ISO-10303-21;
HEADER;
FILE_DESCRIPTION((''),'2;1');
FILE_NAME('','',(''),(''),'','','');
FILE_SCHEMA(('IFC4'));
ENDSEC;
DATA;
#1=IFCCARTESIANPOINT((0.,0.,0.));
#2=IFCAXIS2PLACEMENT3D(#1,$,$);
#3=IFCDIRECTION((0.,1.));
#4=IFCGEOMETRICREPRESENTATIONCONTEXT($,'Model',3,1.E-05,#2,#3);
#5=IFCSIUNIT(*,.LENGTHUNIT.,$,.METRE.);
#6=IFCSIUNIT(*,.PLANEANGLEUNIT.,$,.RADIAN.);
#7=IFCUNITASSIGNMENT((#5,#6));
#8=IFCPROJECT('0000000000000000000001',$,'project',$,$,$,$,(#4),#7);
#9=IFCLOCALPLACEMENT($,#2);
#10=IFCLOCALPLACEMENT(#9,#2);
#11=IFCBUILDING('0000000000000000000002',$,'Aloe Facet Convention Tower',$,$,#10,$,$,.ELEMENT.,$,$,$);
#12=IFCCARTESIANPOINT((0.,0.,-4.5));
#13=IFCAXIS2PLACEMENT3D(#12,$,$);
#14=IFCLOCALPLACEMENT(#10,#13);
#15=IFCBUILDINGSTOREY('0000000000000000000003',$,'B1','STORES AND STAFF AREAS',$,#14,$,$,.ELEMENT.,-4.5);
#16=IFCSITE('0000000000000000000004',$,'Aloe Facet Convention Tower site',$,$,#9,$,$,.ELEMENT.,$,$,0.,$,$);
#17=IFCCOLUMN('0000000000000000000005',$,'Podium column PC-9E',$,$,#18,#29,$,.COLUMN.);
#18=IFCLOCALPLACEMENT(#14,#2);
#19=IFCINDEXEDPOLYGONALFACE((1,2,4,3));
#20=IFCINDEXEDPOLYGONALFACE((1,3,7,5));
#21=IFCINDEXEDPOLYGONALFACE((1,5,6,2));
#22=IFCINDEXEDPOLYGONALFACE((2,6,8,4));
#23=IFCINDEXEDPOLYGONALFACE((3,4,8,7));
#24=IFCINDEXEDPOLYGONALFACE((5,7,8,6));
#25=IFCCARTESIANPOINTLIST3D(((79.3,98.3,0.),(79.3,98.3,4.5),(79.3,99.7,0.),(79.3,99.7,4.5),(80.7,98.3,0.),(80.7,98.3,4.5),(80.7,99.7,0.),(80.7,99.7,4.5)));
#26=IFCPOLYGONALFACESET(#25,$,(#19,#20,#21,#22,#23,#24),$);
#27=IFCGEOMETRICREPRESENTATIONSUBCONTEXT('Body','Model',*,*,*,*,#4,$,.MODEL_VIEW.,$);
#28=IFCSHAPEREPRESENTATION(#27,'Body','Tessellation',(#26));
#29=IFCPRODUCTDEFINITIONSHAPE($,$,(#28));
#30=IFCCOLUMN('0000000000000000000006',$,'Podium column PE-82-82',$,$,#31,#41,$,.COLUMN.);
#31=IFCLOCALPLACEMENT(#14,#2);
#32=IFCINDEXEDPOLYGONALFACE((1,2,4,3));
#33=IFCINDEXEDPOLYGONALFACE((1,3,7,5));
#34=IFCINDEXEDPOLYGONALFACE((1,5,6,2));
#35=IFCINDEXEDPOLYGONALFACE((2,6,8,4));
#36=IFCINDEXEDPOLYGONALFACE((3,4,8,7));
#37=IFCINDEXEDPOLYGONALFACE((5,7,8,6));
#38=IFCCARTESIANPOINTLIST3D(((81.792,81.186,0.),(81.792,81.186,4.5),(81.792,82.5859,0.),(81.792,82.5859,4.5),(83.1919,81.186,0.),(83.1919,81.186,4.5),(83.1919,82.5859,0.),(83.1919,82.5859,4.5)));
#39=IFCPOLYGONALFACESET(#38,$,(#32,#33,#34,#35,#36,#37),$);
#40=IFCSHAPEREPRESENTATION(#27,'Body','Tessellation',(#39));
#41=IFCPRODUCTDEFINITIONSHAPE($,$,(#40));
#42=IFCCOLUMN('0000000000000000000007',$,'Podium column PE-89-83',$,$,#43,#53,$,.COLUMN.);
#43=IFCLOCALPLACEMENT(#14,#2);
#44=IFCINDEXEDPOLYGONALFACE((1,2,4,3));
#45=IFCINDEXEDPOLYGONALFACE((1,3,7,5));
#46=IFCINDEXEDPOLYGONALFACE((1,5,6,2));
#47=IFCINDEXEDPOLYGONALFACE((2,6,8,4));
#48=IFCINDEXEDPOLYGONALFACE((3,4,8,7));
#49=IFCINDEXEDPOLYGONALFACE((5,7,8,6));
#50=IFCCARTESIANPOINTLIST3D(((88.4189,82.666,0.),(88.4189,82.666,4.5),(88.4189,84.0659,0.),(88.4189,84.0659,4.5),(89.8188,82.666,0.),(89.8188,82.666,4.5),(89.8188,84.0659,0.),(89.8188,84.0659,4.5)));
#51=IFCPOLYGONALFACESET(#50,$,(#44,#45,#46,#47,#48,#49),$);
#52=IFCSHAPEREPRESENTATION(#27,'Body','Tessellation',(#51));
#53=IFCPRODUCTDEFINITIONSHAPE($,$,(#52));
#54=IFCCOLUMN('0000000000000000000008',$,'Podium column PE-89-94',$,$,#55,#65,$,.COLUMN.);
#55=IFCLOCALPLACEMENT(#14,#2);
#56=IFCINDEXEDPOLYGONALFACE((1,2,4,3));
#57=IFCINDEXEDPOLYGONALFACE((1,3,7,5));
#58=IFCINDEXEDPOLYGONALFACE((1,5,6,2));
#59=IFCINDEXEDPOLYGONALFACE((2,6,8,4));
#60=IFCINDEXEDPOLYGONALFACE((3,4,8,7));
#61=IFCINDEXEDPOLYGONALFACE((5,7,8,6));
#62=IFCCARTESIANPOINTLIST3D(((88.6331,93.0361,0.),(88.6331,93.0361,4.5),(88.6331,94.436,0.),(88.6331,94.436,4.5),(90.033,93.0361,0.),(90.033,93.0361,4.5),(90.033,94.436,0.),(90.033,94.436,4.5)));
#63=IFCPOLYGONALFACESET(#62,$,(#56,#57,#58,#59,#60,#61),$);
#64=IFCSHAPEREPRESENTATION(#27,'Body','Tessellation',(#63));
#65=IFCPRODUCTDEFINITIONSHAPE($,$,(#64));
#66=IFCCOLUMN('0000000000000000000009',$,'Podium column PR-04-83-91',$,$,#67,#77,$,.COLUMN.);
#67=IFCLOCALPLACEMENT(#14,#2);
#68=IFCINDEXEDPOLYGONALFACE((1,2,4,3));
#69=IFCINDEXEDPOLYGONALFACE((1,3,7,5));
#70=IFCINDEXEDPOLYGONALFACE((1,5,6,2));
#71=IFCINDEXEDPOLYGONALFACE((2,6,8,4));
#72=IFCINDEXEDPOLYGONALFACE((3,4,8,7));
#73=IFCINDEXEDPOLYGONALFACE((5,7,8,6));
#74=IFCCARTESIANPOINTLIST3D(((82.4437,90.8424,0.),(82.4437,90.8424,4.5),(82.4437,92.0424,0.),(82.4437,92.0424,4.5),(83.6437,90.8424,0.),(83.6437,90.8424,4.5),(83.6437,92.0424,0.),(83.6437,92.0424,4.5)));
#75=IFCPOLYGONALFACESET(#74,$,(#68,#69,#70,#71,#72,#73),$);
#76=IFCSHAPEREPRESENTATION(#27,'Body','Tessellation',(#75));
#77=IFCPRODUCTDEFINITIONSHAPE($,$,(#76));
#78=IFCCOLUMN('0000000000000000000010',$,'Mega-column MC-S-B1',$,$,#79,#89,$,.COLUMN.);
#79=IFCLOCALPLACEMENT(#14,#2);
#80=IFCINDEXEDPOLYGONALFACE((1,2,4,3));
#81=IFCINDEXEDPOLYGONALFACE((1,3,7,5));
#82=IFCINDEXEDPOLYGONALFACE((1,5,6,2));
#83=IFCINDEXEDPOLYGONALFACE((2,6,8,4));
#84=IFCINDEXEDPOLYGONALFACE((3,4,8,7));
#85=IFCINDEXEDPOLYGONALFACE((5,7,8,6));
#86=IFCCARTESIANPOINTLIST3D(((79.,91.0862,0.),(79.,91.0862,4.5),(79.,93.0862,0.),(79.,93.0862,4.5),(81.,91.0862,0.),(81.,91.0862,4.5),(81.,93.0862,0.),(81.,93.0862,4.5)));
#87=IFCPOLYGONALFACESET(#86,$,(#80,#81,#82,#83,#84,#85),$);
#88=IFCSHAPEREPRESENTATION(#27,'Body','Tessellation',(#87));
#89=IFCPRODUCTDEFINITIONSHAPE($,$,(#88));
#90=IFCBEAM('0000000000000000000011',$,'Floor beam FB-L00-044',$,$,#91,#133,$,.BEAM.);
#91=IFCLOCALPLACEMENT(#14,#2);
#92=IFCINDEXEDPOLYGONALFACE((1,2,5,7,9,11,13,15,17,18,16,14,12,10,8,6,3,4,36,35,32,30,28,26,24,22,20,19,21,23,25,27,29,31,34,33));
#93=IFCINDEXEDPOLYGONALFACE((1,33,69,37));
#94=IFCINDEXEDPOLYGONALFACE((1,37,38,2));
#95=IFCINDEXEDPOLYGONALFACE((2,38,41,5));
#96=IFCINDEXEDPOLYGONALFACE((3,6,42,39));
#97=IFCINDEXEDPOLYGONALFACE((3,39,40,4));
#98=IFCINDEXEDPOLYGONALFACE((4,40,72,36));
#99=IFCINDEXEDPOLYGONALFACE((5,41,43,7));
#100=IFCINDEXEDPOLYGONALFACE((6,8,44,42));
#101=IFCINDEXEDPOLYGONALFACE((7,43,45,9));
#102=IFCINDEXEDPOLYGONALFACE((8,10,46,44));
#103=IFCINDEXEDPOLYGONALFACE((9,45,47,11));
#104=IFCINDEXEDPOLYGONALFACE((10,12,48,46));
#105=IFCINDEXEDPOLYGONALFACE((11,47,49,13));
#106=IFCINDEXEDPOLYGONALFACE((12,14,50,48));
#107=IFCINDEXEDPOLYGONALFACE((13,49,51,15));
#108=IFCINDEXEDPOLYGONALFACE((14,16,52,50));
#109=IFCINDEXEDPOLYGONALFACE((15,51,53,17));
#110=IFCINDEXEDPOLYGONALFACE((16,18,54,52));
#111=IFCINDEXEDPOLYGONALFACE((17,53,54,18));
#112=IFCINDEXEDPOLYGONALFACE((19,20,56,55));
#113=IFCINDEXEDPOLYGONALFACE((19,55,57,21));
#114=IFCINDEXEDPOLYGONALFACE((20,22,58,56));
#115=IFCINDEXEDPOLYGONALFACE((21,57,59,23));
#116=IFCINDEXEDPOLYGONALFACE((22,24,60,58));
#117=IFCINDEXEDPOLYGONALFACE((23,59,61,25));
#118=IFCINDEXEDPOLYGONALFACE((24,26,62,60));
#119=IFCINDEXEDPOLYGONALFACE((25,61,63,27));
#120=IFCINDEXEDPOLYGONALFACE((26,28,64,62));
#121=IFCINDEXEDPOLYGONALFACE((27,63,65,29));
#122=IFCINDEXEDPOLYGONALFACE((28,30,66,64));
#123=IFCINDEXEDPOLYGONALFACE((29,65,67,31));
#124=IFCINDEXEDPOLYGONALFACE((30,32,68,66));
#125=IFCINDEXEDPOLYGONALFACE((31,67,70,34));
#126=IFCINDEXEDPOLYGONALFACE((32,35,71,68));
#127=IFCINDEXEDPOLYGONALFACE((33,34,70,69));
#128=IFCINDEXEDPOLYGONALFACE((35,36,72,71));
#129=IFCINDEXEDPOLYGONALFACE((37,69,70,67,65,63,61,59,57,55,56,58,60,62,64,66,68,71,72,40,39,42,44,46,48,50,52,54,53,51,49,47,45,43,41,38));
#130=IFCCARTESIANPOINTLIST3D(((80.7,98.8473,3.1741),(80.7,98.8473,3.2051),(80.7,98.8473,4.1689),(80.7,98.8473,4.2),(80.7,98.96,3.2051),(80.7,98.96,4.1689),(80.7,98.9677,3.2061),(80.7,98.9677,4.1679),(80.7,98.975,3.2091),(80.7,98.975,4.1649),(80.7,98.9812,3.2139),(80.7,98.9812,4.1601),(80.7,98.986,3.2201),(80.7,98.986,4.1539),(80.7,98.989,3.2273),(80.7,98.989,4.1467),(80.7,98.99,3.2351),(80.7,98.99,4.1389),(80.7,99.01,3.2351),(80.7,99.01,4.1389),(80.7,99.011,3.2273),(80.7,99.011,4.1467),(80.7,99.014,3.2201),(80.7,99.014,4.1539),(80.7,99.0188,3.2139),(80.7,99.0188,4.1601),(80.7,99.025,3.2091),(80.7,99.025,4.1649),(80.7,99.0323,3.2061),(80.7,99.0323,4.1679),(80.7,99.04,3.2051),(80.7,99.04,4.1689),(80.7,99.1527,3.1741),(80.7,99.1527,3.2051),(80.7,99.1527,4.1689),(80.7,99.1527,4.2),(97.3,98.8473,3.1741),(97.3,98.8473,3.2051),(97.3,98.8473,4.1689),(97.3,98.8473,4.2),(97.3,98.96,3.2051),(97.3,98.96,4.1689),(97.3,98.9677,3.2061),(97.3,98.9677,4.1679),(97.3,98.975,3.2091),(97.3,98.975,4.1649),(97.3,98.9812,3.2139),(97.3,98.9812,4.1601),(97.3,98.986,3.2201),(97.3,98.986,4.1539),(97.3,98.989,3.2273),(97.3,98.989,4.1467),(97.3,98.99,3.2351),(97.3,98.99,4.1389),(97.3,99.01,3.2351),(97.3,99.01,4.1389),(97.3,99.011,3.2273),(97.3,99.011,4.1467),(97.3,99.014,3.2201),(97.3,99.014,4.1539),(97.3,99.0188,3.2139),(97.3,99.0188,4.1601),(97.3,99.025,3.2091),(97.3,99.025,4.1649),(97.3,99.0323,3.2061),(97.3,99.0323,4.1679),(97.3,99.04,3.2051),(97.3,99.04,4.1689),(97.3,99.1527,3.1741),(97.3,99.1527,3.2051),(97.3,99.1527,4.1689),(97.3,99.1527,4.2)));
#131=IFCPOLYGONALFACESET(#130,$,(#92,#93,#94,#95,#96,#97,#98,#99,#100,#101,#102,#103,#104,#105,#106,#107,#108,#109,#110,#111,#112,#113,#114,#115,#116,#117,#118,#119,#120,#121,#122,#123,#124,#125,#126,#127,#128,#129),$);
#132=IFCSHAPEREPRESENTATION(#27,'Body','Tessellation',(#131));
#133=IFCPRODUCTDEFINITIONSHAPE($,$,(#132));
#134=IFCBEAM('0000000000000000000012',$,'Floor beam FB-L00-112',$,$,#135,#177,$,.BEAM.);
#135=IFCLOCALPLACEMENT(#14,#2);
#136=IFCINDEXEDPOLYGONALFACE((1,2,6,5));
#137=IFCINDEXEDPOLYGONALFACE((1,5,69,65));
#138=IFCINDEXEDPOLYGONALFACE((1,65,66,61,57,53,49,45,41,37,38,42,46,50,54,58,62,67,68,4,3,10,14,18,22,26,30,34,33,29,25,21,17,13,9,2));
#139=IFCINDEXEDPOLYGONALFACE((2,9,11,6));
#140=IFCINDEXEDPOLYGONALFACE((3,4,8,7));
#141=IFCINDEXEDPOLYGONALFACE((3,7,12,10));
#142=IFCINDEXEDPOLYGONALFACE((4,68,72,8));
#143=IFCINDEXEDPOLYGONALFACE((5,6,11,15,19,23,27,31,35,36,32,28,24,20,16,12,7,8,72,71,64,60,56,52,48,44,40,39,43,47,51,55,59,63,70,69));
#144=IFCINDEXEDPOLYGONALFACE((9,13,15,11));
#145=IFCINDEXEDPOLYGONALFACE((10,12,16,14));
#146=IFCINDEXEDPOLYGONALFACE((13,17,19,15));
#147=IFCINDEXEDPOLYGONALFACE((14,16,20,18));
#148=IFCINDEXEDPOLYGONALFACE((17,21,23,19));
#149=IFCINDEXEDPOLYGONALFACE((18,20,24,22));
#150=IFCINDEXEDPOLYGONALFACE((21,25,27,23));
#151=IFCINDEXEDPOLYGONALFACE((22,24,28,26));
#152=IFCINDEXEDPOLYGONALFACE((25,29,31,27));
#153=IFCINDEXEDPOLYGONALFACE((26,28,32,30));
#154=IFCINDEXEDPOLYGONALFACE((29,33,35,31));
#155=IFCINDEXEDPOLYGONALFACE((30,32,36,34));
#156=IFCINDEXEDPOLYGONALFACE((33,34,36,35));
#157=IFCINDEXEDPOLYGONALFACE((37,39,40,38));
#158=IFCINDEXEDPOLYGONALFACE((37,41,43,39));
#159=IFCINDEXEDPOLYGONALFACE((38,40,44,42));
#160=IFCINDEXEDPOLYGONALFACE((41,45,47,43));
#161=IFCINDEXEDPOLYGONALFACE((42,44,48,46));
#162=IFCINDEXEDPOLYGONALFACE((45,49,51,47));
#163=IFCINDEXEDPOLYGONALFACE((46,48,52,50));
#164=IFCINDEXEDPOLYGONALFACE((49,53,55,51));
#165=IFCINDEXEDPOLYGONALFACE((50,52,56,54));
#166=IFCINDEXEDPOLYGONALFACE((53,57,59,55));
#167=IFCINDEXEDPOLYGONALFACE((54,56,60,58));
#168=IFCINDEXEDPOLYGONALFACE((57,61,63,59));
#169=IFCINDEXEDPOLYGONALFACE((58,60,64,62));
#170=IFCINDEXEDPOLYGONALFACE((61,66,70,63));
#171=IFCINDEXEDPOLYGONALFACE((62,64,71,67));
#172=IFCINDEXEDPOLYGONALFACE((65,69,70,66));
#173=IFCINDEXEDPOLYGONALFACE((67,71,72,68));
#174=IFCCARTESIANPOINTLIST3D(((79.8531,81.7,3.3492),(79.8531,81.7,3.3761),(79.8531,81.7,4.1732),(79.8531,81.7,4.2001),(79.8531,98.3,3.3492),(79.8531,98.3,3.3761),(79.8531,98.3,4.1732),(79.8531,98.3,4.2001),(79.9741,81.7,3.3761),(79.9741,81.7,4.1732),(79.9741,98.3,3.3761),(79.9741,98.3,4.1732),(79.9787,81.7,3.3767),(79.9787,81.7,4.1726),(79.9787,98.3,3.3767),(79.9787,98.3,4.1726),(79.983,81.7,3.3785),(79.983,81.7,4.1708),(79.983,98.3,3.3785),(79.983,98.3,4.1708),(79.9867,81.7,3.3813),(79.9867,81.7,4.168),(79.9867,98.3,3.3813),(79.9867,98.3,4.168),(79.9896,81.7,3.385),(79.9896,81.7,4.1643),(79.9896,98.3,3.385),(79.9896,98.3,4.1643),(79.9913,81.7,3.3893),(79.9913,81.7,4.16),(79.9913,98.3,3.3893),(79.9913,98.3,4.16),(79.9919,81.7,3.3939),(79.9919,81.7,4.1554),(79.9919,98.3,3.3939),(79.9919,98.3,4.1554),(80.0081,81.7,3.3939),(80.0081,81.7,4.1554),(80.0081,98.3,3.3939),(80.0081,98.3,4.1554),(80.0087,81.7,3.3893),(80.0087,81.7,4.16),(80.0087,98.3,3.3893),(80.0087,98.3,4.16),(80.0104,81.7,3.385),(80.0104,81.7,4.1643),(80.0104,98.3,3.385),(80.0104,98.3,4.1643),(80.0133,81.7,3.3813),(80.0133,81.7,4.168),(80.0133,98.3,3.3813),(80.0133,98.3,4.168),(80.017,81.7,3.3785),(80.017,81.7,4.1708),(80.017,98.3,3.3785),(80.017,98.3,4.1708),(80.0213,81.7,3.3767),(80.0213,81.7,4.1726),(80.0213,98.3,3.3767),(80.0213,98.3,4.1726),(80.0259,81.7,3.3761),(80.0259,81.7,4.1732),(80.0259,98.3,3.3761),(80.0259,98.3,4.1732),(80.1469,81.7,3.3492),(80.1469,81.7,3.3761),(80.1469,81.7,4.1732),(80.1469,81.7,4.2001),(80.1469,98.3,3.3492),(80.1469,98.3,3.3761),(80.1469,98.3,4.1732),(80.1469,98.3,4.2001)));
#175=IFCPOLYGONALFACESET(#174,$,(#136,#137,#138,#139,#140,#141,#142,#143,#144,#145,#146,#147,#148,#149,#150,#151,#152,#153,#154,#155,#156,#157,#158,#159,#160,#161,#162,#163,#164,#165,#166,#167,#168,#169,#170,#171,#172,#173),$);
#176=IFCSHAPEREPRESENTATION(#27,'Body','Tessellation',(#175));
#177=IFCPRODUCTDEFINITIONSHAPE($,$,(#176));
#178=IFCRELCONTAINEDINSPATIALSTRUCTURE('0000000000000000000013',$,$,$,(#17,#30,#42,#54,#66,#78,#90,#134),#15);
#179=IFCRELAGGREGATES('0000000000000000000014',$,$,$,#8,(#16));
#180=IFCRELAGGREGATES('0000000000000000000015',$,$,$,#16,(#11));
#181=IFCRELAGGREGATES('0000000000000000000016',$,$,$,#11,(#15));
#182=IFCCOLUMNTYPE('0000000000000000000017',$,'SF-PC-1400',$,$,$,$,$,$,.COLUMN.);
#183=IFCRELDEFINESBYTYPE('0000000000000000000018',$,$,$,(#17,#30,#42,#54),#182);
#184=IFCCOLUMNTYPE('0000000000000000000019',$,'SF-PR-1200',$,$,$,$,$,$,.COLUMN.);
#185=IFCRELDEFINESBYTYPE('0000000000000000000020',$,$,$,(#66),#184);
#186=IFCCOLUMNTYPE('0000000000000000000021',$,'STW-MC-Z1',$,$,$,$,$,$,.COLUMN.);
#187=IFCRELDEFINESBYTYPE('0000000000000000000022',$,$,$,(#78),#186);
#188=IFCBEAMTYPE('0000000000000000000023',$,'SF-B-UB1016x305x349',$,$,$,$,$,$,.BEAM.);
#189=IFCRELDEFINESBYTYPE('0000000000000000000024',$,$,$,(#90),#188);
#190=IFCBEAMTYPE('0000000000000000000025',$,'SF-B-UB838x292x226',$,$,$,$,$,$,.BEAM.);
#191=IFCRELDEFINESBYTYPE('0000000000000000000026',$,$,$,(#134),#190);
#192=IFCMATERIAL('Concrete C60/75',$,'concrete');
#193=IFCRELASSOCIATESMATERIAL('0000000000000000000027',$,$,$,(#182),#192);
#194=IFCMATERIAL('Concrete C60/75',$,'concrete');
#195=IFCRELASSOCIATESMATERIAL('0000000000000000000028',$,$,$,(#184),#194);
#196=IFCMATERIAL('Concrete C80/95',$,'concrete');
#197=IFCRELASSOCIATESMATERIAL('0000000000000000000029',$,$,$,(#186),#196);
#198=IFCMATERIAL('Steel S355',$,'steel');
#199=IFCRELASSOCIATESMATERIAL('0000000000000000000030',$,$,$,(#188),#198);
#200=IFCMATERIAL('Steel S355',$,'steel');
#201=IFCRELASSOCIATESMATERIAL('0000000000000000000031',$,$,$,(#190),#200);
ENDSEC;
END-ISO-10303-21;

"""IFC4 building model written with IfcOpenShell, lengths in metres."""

from ifc_helpers import new_model, si_unit, direction, frame, origin, origin_2d, place, context, subcontext, project, spatial, rectangle, i_section, extrude, material, material_profile, profile_set, type_object, element, save


model = new_model("IFC4")

# Units and contexts
model_context = context("Model", 3, precision=1e-05, world=origin(), true_north=direction((0.0, 1.0)))
body_context = subcontext(model_context, "Body", "Model", "MODEL_VIEW")
ifc_project = project(units=[si_unit("LENGTHUNIT", "METRE"), si_unit("PLANEANGLEUNIT", "RADIAN")], contexts=[model_context])

# Site, building, storey
site_placement = place(None, origin())
site = spatial("IfcSite", under=ifc_project, at=site_placement, Name="Aloe Facet Convention Tower site", CompositionType="ELEMENT", RefElevation=0.0)
building_placement = place(site_placement, origin())
building = spatial("IfcBuilding", under=site, at=building_placement, Name="Aloe Facet Convention Tower", CompositionType="ELEMENT")
storey_placement = place(building_placement, frame((0.0, 0.0, -4.5)))
storey = spatial("IfcBuildingStorey", under=building, at=storey_placement, Name="B1", Description="STORES AND STAFF AREAS", CompositionType="ELEMENT", Elevation=-4.5)

# Columns
ifc_material_1 = material(Name="Concrete C60/75", Category="concrete")
ifc_material_profile_1 = material_profile(ifc_material_1, rectangle(XDim=1.3999, YDim=1.3999, at=origin_2d()), Name="SF-PC-1400")
ifc_profile_set_1 = profile_set([ifc_material_profile_1], Name="Concrete C60/75")
column_type_1 = type_object("IfcColumnType", Name="SF-PC-1400", PredefinedType="COLUMN", material=ifc_profile_set_1)
for number, where, z_axis, x_axis, name in (
    (1, (80.0, 99.0, 0.0), (0.0, 0.0, 1.0), (1.0, 0.0, 0.0), "Podium column PC-9E"),
    (2, (82.4919, 81.886, 0.0), (0.0, 0.0, 1.0), (1.0, 0.0, 0.0), "Podium column PE-82-82"),
    (3, (89.1189, 83.366, 0.0), (0.0, 0.0, 1.0), (1.0, 0.0, 0.0), "Podium column PE-89-83"),
    (4, (89.333, 93.7361, 0.0), (0.0, 0.0, 1.0), (1.0, 0.0, 0.0), "Podium column PE-89-94"),
):
    element("IfcColumn", number, at=place(storey_placement, frame(where, z_axis=z_axis, x_axis=x_axis)), inside=storey, type_object=column_type_1, Name=name, PredefinedType="COLUMN", context=body_context, shape_type="SweptSolid", body=[
        extrude(rectangle(XDim=1.3999, YDim=1.3999, at=origin_2d()), origin(), (0.0, 0.0, 1.0), 4.5),
    ])
ifc_material_2 = material(Name="Concrete C60/75", Category="concrete")
ifc_material_profile_2 = material_profile(ifc_material_2, rectangle(XDim=1.2, YDim=1.2, at=origin_2d()), Name="SF-PR-1200")
ifc_profile_set_2 = profile_set([ifc_material_profile_2], Name="Concrete C60/75")
column_type_2 = type_object("IfcColumnType", Name="SF-PR-1200", PredefinedType="COLUMN", material=ifc_profile_set_2)
column_1_placement = place(storey_placement, frame((83.0437, 91.4424, 0.0), z_axis=(0.0, 0.0, 1.0), x_axis=(1.0, 0.0, 0.0)))
element("IfcColumn", 5, at=column_1_placement, inside=storey, type_object=column_type_2, Name="Podium column PR-04-83-91", PredefinedType="COLUMN", context=body_context, shape_type="SweptSolid", body=[
    extrude(rectangle(XDim=1.2, YDim=1.2, at=origin_2d()), origin(), (0.0, 0.0, 1.0), 4.5),
])
ifc_material_3 = material(Name="Concrete C80/95", Category="concrete")
ifc_material_profile_3 = material_profile(ifc_material_3, rectangle(XDim=2.0, YDim=2.0, at=origin_2d()), Name="STW-MC-Z1")
ifc_profile_set_3 = profile_set([ifc_material_profile_3], Name="Concrete C80/95")
column_type_3 = type_object("IfcColumnType", Name="STW-MC-Z1", PredefinedType="COLUMN", material=ifc_profile_set_3)
column_2_placement = place(storey_placement, frame((80.0, 92.0862, 0.0), z_axis=(0.0, 0.0, 1.0), x_axis=(1.0, 0.0, 0.0)))
element("IfcColumn", 6, at=column_2_placement, inside=storey, type_object=column_type_3, Name="Mega-column MC-S-B1", PredefinedType="COLUMN", context=body_context, shape_type="SweptSolid", body=[
    extrude(rectangle(XDim=2.0, YDim=2.0, at=origin_2d()), origin(), (0.0, 0.0, 1.0), 4.5),
])

# Beams
ifc_material_4 = material(Name="Steel S355", Category="steel")
ifc_material_profile_4 = material_profile(ifc_material_4, i_section(OverallWidth=0.3054, OverallDepth=1.0259, WebThickness=0.02, FlangeThickness=0.031, FilletRadius=0.03, at=origin_2d()), Name="UB 1016x305x349")
ifc_profile_set_4 = profile_set([ifc_material_profile_4], Name="Steel S355")
beam_type_1 = type_object("IfcBeamType", Name="SF-B-UB1016x305x349", PredefinedType="BEAM", material=ifc_profile_set_4)
beam_1_placement = place(storey_placement, frame((80.7, 99.0, 3.687), z_axis=(1.0, 0.0, 0.0), x_axis=(0.0, 1.0, 0.0)))
element("IfcBeam", 7, at=beam_1_placement, inside=storey, type_object=beam_type_1, Name="Floor beam FB-L00-044", PredefinedType="BEAM", context=body_context, shape_type="SweptSolid", body=[
    extrude(i_section(OverallWidth=0.3054, OverallDepth=1.0259, WebThickness=0.02, FlangeThickness=0.031, FilletRadius=0.03, at=origin_2d()), origin(), (0.0, 0.0, 1.0), 16.6001),
])
ifc_material_5 = material(Name="Steel S355", Category="steel")
ifc_material_profile_5 = material_profile(ifc_material_5, i_section(OverallWidth=0.2937, OverallDepth=0.8508, WebThickness=0.0161, FlangeThickness=0.0269, FilletRadius=0.0178, at=origin_2d()), Name="UB 838x292x226")
ifc_profile_set_5 = profile_set([ifc_material_profile_5], Name="Steel S355")
beam_type_2 = type_object("IfcBeamType", Name="SF-B-UB838x292x226", PredefinedType="BEAM", material=ifc_profile_set_5)
beam_2_placement = place(storey_placement, frame((80.0, 81.7, 3.7747), z_axis=(0.0, 1.0, 0.0), x_axis=(-1.0, 0.0, 0.0)))
element("IfcBeam", 8, at=beam_2_placement, inside=storey, type_object=beam_type_2, Name="Floor beam FB-L00-112", PredefinedType="BEAM", context=body_context, shape_type="SweptSolid", body=[
    extrude(i_section(OverallWidth=0.2937, OverallDepth=0.8508, WebThickness=0.0161, FlangeThickness=0.0269, FilletRadius=0.0178, at=origin_2d()), origin(), (0.0, 0.0, 1.0), 16.6001),
])

save(model, "model.ifc")
